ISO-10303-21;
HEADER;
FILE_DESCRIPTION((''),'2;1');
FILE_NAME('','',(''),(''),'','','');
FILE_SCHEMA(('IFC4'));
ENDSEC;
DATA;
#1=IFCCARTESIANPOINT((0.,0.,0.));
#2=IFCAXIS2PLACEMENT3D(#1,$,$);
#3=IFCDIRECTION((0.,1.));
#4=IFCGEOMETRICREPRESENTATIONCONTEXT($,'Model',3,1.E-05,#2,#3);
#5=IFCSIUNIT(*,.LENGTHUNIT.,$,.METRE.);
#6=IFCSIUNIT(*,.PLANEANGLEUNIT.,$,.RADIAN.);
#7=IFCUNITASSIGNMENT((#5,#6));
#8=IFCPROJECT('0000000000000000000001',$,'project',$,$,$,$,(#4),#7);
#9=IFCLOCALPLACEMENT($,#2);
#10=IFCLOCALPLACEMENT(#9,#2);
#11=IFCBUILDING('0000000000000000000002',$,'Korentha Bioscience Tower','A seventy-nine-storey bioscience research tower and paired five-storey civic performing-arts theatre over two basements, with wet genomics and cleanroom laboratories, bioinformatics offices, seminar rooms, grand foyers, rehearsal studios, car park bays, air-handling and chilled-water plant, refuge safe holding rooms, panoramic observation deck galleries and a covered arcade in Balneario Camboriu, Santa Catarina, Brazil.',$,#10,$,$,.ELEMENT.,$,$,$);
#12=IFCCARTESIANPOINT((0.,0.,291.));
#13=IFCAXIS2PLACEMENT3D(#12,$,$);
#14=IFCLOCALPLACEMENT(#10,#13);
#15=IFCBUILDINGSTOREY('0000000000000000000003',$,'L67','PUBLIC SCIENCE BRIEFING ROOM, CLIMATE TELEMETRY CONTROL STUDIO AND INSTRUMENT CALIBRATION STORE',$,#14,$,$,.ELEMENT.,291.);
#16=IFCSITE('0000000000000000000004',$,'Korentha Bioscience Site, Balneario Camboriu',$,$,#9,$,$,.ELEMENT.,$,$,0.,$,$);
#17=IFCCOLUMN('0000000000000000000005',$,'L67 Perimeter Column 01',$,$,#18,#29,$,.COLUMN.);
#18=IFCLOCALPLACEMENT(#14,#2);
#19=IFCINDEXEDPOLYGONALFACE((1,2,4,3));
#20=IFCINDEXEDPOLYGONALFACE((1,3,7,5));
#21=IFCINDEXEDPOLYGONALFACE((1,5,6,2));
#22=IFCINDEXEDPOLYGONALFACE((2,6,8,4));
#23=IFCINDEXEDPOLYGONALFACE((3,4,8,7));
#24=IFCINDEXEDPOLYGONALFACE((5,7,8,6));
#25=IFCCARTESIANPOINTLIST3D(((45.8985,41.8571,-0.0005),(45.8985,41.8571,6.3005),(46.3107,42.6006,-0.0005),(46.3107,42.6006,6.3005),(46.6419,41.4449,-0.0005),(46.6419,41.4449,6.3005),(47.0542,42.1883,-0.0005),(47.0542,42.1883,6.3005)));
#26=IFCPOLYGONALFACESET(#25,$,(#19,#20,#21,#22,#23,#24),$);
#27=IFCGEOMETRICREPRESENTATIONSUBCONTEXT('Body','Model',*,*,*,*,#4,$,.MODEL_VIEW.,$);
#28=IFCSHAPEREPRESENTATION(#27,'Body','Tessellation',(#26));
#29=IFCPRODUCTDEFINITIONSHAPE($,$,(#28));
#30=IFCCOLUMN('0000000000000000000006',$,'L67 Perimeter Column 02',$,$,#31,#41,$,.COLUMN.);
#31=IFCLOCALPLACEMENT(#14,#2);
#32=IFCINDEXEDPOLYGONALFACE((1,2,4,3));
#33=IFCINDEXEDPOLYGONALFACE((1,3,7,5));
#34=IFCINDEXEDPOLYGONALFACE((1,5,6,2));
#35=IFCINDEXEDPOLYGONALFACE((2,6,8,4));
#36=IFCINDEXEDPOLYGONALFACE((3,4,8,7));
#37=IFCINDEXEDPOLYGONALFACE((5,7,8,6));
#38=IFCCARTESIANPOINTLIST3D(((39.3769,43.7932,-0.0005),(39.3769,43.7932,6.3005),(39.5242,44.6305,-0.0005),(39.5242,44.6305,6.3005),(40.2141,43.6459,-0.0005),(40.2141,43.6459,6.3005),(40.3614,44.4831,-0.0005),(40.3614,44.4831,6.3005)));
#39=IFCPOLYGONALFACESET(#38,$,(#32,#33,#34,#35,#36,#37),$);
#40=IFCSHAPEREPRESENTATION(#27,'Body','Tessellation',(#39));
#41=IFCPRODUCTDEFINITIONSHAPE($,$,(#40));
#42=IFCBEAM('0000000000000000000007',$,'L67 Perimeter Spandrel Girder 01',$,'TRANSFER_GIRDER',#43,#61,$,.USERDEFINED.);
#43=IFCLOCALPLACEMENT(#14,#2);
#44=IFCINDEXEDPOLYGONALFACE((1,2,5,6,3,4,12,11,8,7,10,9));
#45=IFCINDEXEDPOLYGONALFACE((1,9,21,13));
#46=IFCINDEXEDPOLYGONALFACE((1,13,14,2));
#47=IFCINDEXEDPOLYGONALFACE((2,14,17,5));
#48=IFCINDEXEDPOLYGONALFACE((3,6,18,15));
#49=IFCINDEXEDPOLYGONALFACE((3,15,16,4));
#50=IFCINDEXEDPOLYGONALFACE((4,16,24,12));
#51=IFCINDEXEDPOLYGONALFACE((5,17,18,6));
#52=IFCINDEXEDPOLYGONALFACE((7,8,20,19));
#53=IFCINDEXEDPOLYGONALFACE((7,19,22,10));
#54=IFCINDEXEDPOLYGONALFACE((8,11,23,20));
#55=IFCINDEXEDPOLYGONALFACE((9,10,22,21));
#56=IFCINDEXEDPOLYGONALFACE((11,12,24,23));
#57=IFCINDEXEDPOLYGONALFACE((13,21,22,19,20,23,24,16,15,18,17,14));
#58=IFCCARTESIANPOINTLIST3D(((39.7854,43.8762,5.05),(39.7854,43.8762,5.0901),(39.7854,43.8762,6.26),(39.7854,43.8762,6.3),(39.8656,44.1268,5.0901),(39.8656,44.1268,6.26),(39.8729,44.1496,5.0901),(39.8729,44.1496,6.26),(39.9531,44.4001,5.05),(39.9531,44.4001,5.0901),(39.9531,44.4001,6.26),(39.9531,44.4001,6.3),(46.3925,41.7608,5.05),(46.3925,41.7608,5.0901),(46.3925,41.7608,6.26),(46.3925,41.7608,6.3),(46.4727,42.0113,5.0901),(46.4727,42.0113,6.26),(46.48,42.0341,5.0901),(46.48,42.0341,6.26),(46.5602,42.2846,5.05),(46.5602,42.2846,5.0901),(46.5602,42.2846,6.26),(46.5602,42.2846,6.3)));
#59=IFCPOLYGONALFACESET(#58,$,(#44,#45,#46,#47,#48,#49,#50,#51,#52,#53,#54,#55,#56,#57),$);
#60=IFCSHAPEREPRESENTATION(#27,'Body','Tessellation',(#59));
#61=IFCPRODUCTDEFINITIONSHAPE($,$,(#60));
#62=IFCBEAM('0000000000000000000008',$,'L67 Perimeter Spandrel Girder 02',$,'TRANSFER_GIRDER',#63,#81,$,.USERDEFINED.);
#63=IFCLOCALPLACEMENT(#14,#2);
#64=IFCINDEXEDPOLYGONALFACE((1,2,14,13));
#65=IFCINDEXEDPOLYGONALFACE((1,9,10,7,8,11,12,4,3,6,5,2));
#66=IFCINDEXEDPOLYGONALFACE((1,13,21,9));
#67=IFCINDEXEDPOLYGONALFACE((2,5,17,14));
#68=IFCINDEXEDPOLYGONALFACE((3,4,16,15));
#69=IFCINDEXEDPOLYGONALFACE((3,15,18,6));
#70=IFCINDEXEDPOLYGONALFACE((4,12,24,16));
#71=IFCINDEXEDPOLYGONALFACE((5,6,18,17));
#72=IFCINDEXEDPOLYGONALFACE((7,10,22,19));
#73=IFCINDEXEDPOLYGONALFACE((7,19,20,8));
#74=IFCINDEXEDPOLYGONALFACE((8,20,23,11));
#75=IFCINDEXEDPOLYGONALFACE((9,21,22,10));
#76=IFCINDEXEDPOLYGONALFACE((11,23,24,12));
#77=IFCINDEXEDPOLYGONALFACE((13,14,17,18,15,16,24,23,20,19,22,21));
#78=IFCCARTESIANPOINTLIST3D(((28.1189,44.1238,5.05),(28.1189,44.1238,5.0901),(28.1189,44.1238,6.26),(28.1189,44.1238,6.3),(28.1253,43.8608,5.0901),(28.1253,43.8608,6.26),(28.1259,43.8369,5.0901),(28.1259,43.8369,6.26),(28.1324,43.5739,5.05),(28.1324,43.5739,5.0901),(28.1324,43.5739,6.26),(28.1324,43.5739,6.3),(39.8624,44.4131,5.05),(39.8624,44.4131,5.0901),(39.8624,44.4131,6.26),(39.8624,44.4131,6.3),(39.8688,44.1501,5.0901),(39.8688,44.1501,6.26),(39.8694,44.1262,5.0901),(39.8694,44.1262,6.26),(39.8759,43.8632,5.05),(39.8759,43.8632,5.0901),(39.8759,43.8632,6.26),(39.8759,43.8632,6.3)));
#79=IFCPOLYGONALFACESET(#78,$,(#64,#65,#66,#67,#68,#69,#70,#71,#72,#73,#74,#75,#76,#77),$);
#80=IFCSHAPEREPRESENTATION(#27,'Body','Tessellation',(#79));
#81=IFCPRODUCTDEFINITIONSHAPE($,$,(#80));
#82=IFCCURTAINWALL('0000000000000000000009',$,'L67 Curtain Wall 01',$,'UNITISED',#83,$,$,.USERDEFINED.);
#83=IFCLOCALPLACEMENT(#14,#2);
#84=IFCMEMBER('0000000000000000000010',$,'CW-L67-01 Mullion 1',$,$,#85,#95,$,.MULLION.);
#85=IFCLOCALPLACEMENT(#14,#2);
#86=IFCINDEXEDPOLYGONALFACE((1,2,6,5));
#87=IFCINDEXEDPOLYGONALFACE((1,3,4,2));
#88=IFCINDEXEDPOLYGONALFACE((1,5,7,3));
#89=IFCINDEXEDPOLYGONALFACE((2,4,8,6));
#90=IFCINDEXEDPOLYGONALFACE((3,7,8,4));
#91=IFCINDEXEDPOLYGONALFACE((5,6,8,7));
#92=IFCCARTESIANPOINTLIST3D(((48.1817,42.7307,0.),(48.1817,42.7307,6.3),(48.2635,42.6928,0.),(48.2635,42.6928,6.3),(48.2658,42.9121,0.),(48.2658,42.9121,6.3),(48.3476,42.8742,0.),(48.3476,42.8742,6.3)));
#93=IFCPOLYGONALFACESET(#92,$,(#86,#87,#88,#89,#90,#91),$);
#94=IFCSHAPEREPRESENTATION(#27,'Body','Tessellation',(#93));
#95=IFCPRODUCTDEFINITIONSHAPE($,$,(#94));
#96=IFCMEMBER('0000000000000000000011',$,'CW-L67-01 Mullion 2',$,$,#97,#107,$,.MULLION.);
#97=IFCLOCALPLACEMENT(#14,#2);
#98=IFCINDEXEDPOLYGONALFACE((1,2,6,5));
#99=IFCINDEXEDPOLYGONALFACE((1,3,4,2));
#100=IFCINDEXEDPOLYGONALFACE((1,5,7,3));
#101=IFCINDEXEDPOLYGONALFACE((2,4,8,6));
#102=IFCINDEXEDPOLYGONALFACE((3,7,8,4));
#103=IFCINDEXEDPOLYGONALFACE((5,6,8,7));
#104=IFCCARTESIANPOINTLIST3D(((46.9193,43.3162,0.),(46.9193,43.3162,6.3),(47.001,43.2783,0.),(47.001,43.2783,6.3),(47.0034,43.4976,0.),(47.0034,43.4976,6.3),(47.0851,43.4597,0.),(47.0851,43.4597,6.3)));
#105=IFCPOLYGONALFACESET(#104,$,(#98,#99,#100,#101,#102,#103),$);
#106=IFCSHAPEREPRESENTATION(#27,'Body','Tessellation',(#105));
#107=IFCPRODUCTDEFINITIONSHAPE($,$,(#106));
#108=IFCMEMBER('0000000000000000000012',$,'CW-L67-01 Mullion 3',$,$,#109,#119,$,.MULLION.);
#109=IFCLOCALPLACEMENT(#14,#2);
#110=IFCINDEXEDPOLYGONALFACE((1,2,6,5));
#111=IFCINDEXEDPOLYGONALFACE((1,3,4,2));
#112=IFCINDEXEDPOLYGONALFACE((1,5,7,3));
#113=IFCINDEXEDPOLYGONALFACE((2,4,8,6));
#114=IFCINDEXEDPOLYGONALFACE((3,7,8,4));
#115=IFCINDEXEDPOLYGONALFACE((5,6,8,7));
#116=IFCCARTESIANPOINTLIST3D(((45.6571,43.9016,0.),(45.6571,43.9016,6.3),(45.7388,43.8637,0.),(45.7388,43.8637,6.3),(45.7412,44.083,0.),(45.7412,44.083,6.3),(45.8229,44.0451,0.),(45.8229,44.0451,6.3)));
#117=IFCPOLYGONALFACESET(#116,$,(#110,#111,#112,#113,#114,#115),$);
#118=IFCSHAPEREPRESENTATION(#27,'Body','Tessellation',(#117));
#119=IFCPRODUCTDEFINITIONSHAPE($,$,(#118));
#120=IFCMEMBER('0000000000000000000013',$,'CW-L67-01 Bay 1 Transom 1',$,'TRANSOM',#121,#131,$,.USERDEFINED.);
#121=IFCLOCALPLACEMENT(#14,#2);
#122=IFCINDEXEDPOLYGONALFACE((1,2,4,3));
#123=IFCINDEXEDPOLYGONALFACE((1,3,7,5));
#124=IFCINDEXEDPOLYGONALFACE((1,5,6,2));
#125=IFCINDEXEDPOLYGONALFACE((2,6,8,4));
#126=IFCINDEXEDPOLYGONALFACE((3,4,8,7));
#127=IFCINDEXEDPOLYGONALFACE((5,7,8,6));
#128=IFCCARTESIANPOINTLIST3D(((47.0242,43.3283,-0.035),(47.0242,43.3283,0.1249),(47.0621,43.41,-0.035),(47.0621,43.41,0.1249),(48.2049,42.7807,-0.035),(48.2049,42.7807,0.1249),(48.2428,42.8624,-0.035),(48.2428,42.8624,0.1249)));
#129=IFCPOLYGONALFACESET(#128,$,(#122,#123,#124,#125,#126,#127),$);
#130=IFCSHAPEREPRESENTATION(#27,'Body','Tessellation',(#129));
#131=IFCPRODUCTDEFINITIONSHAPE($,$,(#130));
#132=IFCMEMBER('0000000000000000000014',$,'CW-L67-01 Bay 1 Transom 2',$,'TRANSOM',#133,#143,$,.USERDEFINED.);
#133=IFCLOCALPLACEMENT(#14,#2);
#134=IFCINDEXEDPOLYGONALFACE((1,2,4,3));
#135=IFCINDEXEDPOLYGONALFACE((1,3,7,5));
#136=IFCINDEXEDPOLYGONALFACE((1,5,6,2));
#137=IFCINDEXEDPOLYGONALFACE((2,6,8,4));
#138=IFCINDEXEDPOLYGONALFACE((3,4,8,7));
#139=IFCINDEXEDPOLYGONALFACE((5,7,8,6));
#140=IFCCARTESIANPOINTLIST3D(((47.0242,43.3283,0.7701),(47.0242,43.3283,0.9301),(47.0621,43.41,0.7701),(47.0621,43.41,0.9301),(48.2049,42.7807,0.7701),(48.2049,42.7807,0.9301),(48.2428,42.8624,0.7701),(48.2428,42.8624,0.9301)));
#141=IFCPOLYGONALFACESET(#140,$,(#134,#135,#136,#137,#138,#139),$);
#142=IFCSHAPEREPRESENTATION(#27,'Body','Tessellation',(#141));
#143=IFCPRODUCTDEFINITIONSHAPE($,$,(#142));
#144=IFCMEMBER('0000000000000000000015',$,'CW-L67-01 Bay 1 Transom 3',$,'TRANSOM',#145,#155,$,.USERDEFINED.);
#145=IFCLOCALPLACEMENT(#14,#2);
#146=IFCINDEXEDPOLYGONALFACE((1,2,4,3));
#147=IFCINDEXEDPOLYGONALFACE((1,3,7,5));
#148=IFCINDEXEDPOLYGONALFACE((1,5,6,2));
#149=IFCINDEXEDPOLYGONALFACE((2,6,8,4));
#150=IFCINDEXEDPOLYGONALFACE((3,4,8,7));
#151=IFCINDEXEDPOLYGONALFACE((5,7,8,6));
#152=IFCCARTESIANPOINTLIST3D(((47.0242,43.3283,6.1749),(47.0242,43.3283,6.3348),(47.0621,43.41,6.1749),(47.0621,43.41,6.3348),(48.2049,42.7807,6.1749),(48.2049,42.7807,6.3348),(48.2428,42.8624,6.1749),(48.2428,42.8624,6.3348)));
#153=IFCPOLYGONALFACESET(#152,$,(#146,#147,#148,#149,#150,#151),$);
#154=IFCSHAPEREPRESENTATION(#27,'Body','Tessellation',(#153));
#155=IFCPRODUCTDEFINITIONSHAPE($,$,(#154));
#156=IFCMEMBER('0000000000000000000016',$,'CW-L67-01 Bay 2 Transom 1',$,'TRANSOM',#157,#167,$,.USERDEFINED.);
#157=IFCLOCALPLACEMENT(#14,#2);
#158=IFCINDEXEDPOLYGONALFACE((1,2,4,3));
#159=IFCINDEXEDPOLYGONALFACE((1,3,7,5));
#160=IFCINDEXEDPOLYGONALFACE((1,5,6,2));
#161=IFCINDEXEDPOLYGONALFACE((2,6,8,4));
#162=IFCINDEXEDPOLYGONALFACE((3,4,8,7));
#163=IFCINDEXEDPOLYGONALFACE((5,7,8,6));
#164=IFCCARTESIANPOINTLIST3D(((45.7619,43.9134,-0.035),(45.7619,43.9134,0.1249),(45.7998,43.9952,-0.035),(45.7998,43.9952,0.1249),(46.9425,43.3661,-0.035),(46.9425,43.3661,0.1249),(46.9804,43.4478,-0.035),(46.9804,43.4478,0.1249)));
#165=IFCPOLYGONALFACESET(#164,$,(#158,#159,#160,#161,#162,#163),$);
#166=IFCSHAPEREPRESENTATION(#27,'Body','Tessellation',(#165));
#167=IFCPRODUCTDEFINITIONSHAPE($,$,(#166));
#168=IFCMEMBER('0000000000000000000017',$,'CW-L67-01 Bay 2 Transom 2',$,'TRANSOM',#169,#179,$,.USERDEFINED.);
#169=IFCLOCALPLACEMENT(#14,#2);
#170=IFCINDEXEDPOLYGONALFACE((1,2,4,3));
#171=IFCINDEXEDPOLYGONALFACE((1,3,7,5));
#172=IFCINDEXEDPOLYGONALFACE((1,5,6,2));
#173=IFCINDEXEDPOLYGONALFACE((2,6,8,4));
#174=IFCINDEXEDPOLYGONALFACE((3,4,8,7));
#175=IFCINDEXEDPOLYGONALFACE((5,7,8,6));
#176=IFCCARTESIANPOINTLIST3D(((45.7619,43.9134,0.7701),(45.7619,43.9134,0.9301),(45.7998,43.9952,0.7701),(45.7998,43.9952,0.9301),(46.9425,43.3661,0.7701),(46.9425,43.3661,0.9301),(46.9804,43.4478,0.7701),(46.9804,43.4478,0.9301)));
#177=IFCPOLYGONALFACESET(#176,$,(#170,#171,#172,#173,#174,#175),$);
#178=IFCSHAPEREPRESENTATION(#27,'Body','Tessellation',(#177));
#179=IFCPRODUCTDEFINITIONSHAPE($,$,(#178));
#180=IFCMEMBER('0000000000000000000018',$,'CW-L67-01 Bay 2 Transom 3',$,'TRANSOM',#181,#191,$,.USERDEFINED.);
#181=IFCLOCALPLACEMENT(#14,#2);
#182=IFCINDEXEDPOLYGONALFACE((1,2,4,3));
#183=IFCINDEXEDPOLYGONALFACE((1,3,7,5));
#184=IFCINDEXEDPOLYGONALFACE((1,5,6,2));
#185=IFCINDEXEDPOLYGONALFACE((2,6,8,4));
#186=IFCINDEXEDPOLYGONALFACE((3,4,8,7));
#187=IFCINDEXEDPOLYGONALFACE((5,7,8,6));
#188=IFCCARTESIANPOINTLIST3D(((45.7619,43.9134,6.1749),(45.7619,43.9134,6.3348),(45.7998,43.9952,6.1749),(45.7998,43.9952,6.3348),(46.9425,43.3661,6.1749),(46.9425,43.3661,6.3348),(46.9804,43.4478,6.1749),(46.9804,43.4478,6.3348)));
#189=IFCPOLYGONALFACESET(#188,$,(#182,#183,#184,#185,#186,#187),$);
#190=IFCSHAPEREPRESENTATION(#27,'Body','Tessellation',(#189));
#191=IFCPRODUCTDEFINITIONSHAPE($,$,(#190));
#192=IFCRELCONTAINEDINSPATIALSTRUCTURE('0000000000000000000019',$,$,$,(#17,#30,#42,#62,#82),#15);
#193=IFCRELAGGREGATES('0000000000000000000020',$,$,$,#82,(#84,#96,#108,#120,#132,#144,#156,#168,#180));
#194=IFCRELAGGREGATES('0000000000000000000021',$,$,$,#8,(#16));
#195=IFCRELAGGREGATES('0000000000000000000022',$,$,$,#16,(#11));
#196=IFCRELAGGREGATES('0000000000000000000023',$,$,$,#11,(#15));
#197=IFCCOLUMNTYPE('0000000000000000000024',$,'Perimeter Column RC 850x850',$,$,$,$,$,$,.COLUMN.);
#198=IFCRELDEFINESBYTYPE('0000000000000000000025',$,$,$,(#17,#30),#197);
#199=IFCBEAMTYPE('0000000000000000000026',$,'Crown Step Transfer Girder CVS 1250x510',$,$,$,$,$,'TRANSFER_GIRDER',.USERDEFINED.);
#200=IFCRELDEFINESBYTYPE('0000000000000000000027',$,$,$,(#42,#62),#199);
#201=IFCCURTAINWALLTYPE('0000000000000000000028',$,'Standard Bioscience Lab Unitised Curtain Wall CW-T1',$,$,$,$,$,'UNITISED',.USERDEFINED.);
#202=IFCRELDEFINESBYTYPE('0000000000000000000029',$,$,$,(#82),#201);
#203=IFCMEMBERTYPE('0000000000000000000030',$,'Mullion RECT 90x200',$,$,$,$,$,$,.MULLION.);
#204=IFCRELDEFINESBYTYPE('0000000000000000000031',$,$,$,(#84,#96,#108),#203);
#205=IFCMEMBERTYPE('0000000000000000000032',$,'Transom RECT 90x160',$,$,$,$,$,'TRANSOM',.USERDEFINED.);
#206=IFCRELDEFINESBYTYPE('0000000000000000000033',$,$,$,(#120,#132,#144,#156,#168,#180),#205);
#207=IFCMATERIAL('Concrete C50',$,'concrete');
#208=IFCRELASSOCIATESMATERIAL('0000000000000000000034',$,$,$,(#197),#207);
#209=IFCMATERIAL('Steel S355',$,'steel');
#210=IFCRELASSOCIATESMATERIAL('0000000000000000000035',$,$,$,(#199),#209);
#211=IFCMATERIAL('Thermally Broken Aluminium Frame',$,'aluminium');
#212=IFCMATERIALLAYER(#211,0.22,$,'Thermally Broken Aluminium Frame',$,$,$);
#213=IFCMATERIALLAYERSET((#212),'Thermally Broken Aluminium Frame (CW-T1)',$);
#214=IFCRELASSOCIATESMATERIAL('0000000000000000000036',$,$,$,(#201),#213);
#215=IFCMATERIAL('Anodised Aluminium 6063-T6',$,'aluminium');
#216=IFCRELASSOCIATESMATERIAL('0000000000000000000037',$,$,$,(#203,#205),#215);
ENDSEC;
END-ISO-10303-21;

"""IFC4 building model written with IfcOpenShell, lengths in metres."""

from ifc_helpers import new_model, si_unit, direction, frame, origin, origin_2d, place, context, subcontext, project, spatial, rectangle, i_section, extrude, material, layer, layer_set, material_profile, profile_set, type_object, element, aggregate, save


model = new_model("IFC4")

# Units and contexts
model_context = context("Model", 3, precision=1e-05, world=origin(), true_north=direction((0.0, 1.0)))
body_context = subcontext(model_context, "Body", "Model", "MODEL_VIEW")
ifc_project = project(units=[si_unit("LENGTHUNIT", "METRE"), si_unit("PLANEANGLEUNIT", "RADIAN")], contexts=[model_context])

# Site, building, storey
site_placement = place(None, origin())
site = spatial("IfcSite", under=ifc_project, at=site_placement, Name="Korentha Bioscience Site, Balneario Camboriu", CompositionType="ELEMENT", RefElevation=0.0)
building_placement = place(site_placement, origin())
building = spatial("IfcBuilding", under=site, at=building_placement, Name="Korentha Bioscience Tower", Description="A seventy-nine-storey bioscience research tower and paired five-storey civic performing-arts theatre over two basements, with wet genomics and cleanroom laboratories, bioinformatics offices, seminar rooms, grand foyers, rehearsal studios, car park bays, air-handling and chilled-water plant, refuge safe holding rooms, panoramic observation deck galleries and a covered arcade in Balneario Camboriu, Santa Catarina, Brazil.", CompositionType="ELEMENT")
storey_placement = place(building_placement, frame((0.0, 0.0, 291.0)))
storey = spatial("IfcBuildingStorey", under=building, at=storey_placement, Name="L67", Description="PUBLIC SCIENCE BRIEFING ROOM, CLIMATE TELEMETRY CONTROL STUDIO AND INSTRUMENT CALIBRATION STORE", CompositionType="ELEMENT", Elevation=291.0)

# Columns
ifc_material_1 = material(Name="Concrete C50", Category="concrete")
ifc_material_profile_1 = material_profile(ifc_material_1, rectangle(XDim=0.8501, YDim=0.8501, at=origin_2d()), Name="Concrete C50")
ifc_profile_set_1 = profile_set([ifc_material_profile_1], Name="Concrete C50 (COL-P08)")
column_type = type_object("IfcColumnType", Name="Perimeter Column RC 850x850", PredefinedType="COLUMN", material=ifc_profile_set_1)
for number, where, z_axis, x_axis, name in (
    (1, (46.4763, 42.0227, -0.0005), (0.0, 0.0, 1.0), (-0.874535, 0.484962, 0.0), "L67 Perimeter Column 01"),
    (2, (39.8691, 44.1382, -0.0005), (0.0, 0.0, 1.0), (-0.984868, 0.173304, 0.0), "L67 Perimeter Column 02"),
):
    element("IfcColumn", number, at=place(storey_placement, frame(where, z_axis=z_axis, x_axis=x_axis)), inside=storey, type_object=column_type, Name=name, PredefinedType="COLUMN", context=body_context, shape_type="SweptSolid", body=[
        extrude(rectangle(XDim=0.8501, YDim=0.8501, at=origin_2d()), origin(), (0.0, 0.0, 1.0), 6.301),
    ])

# Beams
ifc_material_2 = material(Name="Steel S355", Category="steel")
ifc_material_profile_2 = material_profile(ifc_material_2, i_section(OverallWidth=0.55, OverallDepth=1.25, WebThickness=0.0239, FlangeThickness=0.04, at=origin_2d()), Name="Steel S355")
ifc_profile_set_2 = profile_set([ifc_material_profile_2], Name="Steel S355 (TG-03)")
beam_type = type_object("IfcBeamType", Name="Crown Step Transfer Girder CVS 1250x510", ElementType="TRANSFER_GIRDER", PredefinedType="USERDEFINED", material=ifc_profile_set_2)
beam_1_placement = place(storey_placement, frame((46.4763, 42.0227, 5.675), z_axis=(-0.952375, 0.30493, 0.0), x_axis=(-0.30493, -0.952375, 0.0)))
element("IfcBeam", 3, at=beam_1_placement, inside=storey, type_object=beam_type, Name="L67 Perimeter Spandrel Girder 01", ObjectType="TRANSFER_GIRDER", PredefinedType="USERDEFINED", context=body_context, shape_type="SweptSolid", body=[
    extrude(i_section(OverallWidth=0.55, OverallDepth=1.25, WebThickness=0.0239, FlangeThickness=0.04, at=origin_2d()), origin(), (0.0, 0.0, 1.0), 6.9375),
])
beam_2_placement = place(storey_placement, frame((39.8691, 44.1382, 5.675), z_axis=(-0.999697, -0.024628, 0.0), x_axis=(0.024628, -0.999697, 0.0)))
element("IfcBeam", 4, at=beam_2_placement, inside=storey, type_object=beam_type, Name="L67 Perimeter Spandrel Girder 02", ObjectType="TRANSFER_GIRDER", PredefinedType="USERDEFINED", context=body_context, shape_type="SweptSolid", body=[
    extrude(i_section(OverallWidth=0.55, OverallDepth=1.25, WebThickness=0.0239, FlangeThickness=0.04, at=origin_2d()), origin(), (0.0, 0.0, 1.0), 11.7471),
])

# Curtain wall, members
ifc_material_3 = material(Name="Thermally Broken Aluminium Frame", Category="aluminium")
ifc_layer_1 = layer(ifc_material_3, 0.22, Name="Thermally Broken Aluminium Frame")
ifc_layer_set_1 = layer_set([ifc_layer_1], Name="Thermally Broken Aluminium Frame (CW-T1)")
curtain_wall_type = type_object("IfcCurtainWallType", Name="Standard Bioscience Lab Unitised Curtain Wall CW-T1", ElementType="UNITISED", PredefinedType="USERDEFINED", material=ifc_layer_set_1)
curtain_wall_placement = place(storey_placement, origin())
curtain_wall = element("IfcCurtainWall", 5, at=curtain_wall_placement, inside=storey, type_object=curtain_wall_type, Name="L67 Curtain Wall 01", ObjectType="UNITISED", PredefinedType="USERDEFINED")
ifc_material_4 = material(Name="Anodised Aluminium 6063-T6", Category="aluminium")
ifc_material_profile_3 = material_profile(ifc_material_4, rectangle(XDim=0.0901, YDim=0.2, at=origin_2d()), Name="Anodised Aluminium 6063-T6")
ifc_profile_set_3 = profile_set([ifc_material_profile_3], Name="Anodised Aluminium 6063-T6 (CW-MUL)")
member_type_1 = type_object("IfcMemberType", Name="Mullion RECT 90x200", PredefinedType="MULLION", material=ifc_profile_set_3)
member_1_placement = place(storey_placement, frame((48.2646, 42.8025, 0.0), z_axis=(0.0, 0.0, 1.0), x_axis=(-0.907204, 0.420691, 0.0)))
member_1 = element("IfcMember", 6, at=member_1_placement, type_object=member_type_1, Name="CW-L67-01 Mullion 1", PredefinedType="MULLION", context=body_context, shape_type="SweptSolid", body=[
    extrude(rectangle(XDim=0.0901, YDim=0.2, at=origin_2d()), origin(), (0.0, 0.0, 1.0), 6.3),
])
member_2_placement = place(storey_placement, frame((47.0022, 43.3879, 0.0), z_axis=(0.0, 0.0, 1.0), x_axis=(-0.907204, 0.420691, 0.0)))
member_2 = element("IfcMember", 7, at=member_2_placement, type_object=member_type_1, Name="CW-L67-01 Mullion 2", PredefinedType="MULLION", context=body_context, shape_type="SweptSolid", body=[
    extrude(rectangle(XDim=0.0901, YDim=0.2, at=origin_2d()), origin(), (0.0, 0.0, 1.0), 6.3),
])
member_3_placement = place(storey_placement, frame((45.74, 43.9734, 0.0), z_axis=(0.0, 0.0, 1.0), x_axis=(-0.907204, 0.420691, 0.0)))
member_3 = element("IfcMember", 8, at=member_3_placement, type_object=member_type_1, Name="CW-L67-01 Mullion 3", PredefinedType="MULLION", context=body_context, shape_type="SweptSolid", body=[
    extrude(rectangle(XDim=0.0901, YDim=0.2, at=origin_2d()), origin(), (0.0, 0.0, 1.0), 6.3),
])
ifc_material_profile_4 = material_profile(ifc_material_4, rectangle(XDim=0.0901, YDim=0.1599, at=origin_2d()), Name="Anodised Aluminium 6063-T6")
ifc_profile_set_4 = profile_set([ifc_material_profile_4], Name="Anodised Aluminium 6063-T6 (CW-TRN)")
member_type_2 = type_object("IfcMemberType", Name="Transom RECT 90x160", ElementType="TRANSOM", PredefinedType="USERDEFINED", material=ifc_profile_set_4)
member_4_placement = place(storey_placement, frame((48.2239, 42.8215, 0.0449), z_axis=(-0.907173, 0.420759, 0.0), x_axis=(-0.420759, -0.907173, 0.0)))
member_4 = element("IfcMember", 9, at=member_4_placement, type_object=member_type_2, Name="CW-L67-01 Bay 1 Transom 1", ObjectType="TRANSOM", PredefinedType="USERDEFINED", context=body_context, shape_type="SweptSolid", body=[
    extrude(rectangle(XDim=0.0901, YDim=0.1599, at=origin_2d()), origin(), (0.0, 0.0, 1.0), 1.3015),
])
member_5_placement = place(storey_placement, frame((48.2239, 42.8215, 0.8501), z_axis=(-0.907173, 0.420759, 0.0), x_axis=(-0.420759, -0.907173, 0.0)))
member_5 = element("IfcMember", 10, at=member_5_placement, type_object=member_type_2, Name="CW-L67-01 Bay 1 Transom 2", ObjectType="TRANSOM", PredefinedType="USERDEFINED", context=body_context, shape_type="SweptSolid", body=[
    extrude(rectangle(XDim=0.0901, YDim=0.1599, at=origin_2d()), origin(), (0.0, 0.0, 1.0), 1.3015),
])
member_6_placement = place(storey_placement, frame((48.2239, 42.8215, 6.2549), z_axis=(-0.907173, 0.420759, 0.0), x_axis=(-0.420759, -0.907173, 0.0)))
member_6 = element("IfcMember", 11, at=member_6_placement, type_object=member_type_2, Name="CW-L67-01 Bay 1 Transom 3", ObjectType="TRANSOM", PredefinedType="USERDEFINED", context=body_context, shape_type="SweptSolid", body=[
    extrude(rectangle(XDim=0.0901, YDim=0.1599, at=origin_2d()), origin(), (0.0, 0.0, 1.0), 1.3015),
])
member_7_placement = place(storey_placement, frame((46.9614, 43.407, 0.0449), z_axis=(-0.907244, 0.420604, 0.0), x_axis=(-0.420604, -0.907244, 0.0)))
member_7 = element("IfcMember", 12, at=member_7_placement, type_object=member_type_2, Name="CW-L67-01 Bay 2 Transom 1", ObjectType="TRANSOM", PredefinedType="USERDEFINED", context=body_context, shape_type="SweptSolid", body=[
    extrude(rectangle(XDim=0.0901, YDim=0.1599, at=origin_2d()), origin(), (0.0, 0.0, 1.0), 1.3013),
])
member_8_placement = place(storey_placement, frame((46.9614, 43.407, 0.8501), z_axis=(-0.907244, 0.420604, 0.0), x_axis=(-0.420604, -0.907244, 0.0)))
member_8 = element("IfcMember", 13, at=member_8_placement, type_object=member_type_2, Name="CW-L67-01 Bay 2 Transom 2", ObjectType="TRANSOM", PredefinedType="USERDEFINED", context=body_context, shape_type="SweptSolid", body=[
    extrude(rectangle(XDim=0.0901, YDim=0.1599, at=origin_2d()), origin(), (0.0, 0.0, 1.0), 1.3013),
])
member_9_placement = place(storey_placement, frame((46.9614, 43.407, 6.2549), z_axis=(-0.907244, 0.420604, 0.0), x_axis=(-0.420604, -0.907244, 0.0)))
member_9 = element("IfcMember", 14, at=member_9_placement, type_object=member_type_2, Name="CW-L67-01 Bay 2 Transom 3", ObjectType="TRANSOM", PredefinedType="USERDEFINED", context=body_context, shape_type="SweptSolid", body=[
    extrude(rectangle(XDim=0.0901, YDim=0.1599, at=origin_2d()), origin(), (0.0, 0.0, 1.0), 1.3013),
])
aggregate(curtain_wall, [member_1, member_2, member_3, member_4, member_5, member_6, member_7, member_8, member_9])

save(model, "model.ifc")
